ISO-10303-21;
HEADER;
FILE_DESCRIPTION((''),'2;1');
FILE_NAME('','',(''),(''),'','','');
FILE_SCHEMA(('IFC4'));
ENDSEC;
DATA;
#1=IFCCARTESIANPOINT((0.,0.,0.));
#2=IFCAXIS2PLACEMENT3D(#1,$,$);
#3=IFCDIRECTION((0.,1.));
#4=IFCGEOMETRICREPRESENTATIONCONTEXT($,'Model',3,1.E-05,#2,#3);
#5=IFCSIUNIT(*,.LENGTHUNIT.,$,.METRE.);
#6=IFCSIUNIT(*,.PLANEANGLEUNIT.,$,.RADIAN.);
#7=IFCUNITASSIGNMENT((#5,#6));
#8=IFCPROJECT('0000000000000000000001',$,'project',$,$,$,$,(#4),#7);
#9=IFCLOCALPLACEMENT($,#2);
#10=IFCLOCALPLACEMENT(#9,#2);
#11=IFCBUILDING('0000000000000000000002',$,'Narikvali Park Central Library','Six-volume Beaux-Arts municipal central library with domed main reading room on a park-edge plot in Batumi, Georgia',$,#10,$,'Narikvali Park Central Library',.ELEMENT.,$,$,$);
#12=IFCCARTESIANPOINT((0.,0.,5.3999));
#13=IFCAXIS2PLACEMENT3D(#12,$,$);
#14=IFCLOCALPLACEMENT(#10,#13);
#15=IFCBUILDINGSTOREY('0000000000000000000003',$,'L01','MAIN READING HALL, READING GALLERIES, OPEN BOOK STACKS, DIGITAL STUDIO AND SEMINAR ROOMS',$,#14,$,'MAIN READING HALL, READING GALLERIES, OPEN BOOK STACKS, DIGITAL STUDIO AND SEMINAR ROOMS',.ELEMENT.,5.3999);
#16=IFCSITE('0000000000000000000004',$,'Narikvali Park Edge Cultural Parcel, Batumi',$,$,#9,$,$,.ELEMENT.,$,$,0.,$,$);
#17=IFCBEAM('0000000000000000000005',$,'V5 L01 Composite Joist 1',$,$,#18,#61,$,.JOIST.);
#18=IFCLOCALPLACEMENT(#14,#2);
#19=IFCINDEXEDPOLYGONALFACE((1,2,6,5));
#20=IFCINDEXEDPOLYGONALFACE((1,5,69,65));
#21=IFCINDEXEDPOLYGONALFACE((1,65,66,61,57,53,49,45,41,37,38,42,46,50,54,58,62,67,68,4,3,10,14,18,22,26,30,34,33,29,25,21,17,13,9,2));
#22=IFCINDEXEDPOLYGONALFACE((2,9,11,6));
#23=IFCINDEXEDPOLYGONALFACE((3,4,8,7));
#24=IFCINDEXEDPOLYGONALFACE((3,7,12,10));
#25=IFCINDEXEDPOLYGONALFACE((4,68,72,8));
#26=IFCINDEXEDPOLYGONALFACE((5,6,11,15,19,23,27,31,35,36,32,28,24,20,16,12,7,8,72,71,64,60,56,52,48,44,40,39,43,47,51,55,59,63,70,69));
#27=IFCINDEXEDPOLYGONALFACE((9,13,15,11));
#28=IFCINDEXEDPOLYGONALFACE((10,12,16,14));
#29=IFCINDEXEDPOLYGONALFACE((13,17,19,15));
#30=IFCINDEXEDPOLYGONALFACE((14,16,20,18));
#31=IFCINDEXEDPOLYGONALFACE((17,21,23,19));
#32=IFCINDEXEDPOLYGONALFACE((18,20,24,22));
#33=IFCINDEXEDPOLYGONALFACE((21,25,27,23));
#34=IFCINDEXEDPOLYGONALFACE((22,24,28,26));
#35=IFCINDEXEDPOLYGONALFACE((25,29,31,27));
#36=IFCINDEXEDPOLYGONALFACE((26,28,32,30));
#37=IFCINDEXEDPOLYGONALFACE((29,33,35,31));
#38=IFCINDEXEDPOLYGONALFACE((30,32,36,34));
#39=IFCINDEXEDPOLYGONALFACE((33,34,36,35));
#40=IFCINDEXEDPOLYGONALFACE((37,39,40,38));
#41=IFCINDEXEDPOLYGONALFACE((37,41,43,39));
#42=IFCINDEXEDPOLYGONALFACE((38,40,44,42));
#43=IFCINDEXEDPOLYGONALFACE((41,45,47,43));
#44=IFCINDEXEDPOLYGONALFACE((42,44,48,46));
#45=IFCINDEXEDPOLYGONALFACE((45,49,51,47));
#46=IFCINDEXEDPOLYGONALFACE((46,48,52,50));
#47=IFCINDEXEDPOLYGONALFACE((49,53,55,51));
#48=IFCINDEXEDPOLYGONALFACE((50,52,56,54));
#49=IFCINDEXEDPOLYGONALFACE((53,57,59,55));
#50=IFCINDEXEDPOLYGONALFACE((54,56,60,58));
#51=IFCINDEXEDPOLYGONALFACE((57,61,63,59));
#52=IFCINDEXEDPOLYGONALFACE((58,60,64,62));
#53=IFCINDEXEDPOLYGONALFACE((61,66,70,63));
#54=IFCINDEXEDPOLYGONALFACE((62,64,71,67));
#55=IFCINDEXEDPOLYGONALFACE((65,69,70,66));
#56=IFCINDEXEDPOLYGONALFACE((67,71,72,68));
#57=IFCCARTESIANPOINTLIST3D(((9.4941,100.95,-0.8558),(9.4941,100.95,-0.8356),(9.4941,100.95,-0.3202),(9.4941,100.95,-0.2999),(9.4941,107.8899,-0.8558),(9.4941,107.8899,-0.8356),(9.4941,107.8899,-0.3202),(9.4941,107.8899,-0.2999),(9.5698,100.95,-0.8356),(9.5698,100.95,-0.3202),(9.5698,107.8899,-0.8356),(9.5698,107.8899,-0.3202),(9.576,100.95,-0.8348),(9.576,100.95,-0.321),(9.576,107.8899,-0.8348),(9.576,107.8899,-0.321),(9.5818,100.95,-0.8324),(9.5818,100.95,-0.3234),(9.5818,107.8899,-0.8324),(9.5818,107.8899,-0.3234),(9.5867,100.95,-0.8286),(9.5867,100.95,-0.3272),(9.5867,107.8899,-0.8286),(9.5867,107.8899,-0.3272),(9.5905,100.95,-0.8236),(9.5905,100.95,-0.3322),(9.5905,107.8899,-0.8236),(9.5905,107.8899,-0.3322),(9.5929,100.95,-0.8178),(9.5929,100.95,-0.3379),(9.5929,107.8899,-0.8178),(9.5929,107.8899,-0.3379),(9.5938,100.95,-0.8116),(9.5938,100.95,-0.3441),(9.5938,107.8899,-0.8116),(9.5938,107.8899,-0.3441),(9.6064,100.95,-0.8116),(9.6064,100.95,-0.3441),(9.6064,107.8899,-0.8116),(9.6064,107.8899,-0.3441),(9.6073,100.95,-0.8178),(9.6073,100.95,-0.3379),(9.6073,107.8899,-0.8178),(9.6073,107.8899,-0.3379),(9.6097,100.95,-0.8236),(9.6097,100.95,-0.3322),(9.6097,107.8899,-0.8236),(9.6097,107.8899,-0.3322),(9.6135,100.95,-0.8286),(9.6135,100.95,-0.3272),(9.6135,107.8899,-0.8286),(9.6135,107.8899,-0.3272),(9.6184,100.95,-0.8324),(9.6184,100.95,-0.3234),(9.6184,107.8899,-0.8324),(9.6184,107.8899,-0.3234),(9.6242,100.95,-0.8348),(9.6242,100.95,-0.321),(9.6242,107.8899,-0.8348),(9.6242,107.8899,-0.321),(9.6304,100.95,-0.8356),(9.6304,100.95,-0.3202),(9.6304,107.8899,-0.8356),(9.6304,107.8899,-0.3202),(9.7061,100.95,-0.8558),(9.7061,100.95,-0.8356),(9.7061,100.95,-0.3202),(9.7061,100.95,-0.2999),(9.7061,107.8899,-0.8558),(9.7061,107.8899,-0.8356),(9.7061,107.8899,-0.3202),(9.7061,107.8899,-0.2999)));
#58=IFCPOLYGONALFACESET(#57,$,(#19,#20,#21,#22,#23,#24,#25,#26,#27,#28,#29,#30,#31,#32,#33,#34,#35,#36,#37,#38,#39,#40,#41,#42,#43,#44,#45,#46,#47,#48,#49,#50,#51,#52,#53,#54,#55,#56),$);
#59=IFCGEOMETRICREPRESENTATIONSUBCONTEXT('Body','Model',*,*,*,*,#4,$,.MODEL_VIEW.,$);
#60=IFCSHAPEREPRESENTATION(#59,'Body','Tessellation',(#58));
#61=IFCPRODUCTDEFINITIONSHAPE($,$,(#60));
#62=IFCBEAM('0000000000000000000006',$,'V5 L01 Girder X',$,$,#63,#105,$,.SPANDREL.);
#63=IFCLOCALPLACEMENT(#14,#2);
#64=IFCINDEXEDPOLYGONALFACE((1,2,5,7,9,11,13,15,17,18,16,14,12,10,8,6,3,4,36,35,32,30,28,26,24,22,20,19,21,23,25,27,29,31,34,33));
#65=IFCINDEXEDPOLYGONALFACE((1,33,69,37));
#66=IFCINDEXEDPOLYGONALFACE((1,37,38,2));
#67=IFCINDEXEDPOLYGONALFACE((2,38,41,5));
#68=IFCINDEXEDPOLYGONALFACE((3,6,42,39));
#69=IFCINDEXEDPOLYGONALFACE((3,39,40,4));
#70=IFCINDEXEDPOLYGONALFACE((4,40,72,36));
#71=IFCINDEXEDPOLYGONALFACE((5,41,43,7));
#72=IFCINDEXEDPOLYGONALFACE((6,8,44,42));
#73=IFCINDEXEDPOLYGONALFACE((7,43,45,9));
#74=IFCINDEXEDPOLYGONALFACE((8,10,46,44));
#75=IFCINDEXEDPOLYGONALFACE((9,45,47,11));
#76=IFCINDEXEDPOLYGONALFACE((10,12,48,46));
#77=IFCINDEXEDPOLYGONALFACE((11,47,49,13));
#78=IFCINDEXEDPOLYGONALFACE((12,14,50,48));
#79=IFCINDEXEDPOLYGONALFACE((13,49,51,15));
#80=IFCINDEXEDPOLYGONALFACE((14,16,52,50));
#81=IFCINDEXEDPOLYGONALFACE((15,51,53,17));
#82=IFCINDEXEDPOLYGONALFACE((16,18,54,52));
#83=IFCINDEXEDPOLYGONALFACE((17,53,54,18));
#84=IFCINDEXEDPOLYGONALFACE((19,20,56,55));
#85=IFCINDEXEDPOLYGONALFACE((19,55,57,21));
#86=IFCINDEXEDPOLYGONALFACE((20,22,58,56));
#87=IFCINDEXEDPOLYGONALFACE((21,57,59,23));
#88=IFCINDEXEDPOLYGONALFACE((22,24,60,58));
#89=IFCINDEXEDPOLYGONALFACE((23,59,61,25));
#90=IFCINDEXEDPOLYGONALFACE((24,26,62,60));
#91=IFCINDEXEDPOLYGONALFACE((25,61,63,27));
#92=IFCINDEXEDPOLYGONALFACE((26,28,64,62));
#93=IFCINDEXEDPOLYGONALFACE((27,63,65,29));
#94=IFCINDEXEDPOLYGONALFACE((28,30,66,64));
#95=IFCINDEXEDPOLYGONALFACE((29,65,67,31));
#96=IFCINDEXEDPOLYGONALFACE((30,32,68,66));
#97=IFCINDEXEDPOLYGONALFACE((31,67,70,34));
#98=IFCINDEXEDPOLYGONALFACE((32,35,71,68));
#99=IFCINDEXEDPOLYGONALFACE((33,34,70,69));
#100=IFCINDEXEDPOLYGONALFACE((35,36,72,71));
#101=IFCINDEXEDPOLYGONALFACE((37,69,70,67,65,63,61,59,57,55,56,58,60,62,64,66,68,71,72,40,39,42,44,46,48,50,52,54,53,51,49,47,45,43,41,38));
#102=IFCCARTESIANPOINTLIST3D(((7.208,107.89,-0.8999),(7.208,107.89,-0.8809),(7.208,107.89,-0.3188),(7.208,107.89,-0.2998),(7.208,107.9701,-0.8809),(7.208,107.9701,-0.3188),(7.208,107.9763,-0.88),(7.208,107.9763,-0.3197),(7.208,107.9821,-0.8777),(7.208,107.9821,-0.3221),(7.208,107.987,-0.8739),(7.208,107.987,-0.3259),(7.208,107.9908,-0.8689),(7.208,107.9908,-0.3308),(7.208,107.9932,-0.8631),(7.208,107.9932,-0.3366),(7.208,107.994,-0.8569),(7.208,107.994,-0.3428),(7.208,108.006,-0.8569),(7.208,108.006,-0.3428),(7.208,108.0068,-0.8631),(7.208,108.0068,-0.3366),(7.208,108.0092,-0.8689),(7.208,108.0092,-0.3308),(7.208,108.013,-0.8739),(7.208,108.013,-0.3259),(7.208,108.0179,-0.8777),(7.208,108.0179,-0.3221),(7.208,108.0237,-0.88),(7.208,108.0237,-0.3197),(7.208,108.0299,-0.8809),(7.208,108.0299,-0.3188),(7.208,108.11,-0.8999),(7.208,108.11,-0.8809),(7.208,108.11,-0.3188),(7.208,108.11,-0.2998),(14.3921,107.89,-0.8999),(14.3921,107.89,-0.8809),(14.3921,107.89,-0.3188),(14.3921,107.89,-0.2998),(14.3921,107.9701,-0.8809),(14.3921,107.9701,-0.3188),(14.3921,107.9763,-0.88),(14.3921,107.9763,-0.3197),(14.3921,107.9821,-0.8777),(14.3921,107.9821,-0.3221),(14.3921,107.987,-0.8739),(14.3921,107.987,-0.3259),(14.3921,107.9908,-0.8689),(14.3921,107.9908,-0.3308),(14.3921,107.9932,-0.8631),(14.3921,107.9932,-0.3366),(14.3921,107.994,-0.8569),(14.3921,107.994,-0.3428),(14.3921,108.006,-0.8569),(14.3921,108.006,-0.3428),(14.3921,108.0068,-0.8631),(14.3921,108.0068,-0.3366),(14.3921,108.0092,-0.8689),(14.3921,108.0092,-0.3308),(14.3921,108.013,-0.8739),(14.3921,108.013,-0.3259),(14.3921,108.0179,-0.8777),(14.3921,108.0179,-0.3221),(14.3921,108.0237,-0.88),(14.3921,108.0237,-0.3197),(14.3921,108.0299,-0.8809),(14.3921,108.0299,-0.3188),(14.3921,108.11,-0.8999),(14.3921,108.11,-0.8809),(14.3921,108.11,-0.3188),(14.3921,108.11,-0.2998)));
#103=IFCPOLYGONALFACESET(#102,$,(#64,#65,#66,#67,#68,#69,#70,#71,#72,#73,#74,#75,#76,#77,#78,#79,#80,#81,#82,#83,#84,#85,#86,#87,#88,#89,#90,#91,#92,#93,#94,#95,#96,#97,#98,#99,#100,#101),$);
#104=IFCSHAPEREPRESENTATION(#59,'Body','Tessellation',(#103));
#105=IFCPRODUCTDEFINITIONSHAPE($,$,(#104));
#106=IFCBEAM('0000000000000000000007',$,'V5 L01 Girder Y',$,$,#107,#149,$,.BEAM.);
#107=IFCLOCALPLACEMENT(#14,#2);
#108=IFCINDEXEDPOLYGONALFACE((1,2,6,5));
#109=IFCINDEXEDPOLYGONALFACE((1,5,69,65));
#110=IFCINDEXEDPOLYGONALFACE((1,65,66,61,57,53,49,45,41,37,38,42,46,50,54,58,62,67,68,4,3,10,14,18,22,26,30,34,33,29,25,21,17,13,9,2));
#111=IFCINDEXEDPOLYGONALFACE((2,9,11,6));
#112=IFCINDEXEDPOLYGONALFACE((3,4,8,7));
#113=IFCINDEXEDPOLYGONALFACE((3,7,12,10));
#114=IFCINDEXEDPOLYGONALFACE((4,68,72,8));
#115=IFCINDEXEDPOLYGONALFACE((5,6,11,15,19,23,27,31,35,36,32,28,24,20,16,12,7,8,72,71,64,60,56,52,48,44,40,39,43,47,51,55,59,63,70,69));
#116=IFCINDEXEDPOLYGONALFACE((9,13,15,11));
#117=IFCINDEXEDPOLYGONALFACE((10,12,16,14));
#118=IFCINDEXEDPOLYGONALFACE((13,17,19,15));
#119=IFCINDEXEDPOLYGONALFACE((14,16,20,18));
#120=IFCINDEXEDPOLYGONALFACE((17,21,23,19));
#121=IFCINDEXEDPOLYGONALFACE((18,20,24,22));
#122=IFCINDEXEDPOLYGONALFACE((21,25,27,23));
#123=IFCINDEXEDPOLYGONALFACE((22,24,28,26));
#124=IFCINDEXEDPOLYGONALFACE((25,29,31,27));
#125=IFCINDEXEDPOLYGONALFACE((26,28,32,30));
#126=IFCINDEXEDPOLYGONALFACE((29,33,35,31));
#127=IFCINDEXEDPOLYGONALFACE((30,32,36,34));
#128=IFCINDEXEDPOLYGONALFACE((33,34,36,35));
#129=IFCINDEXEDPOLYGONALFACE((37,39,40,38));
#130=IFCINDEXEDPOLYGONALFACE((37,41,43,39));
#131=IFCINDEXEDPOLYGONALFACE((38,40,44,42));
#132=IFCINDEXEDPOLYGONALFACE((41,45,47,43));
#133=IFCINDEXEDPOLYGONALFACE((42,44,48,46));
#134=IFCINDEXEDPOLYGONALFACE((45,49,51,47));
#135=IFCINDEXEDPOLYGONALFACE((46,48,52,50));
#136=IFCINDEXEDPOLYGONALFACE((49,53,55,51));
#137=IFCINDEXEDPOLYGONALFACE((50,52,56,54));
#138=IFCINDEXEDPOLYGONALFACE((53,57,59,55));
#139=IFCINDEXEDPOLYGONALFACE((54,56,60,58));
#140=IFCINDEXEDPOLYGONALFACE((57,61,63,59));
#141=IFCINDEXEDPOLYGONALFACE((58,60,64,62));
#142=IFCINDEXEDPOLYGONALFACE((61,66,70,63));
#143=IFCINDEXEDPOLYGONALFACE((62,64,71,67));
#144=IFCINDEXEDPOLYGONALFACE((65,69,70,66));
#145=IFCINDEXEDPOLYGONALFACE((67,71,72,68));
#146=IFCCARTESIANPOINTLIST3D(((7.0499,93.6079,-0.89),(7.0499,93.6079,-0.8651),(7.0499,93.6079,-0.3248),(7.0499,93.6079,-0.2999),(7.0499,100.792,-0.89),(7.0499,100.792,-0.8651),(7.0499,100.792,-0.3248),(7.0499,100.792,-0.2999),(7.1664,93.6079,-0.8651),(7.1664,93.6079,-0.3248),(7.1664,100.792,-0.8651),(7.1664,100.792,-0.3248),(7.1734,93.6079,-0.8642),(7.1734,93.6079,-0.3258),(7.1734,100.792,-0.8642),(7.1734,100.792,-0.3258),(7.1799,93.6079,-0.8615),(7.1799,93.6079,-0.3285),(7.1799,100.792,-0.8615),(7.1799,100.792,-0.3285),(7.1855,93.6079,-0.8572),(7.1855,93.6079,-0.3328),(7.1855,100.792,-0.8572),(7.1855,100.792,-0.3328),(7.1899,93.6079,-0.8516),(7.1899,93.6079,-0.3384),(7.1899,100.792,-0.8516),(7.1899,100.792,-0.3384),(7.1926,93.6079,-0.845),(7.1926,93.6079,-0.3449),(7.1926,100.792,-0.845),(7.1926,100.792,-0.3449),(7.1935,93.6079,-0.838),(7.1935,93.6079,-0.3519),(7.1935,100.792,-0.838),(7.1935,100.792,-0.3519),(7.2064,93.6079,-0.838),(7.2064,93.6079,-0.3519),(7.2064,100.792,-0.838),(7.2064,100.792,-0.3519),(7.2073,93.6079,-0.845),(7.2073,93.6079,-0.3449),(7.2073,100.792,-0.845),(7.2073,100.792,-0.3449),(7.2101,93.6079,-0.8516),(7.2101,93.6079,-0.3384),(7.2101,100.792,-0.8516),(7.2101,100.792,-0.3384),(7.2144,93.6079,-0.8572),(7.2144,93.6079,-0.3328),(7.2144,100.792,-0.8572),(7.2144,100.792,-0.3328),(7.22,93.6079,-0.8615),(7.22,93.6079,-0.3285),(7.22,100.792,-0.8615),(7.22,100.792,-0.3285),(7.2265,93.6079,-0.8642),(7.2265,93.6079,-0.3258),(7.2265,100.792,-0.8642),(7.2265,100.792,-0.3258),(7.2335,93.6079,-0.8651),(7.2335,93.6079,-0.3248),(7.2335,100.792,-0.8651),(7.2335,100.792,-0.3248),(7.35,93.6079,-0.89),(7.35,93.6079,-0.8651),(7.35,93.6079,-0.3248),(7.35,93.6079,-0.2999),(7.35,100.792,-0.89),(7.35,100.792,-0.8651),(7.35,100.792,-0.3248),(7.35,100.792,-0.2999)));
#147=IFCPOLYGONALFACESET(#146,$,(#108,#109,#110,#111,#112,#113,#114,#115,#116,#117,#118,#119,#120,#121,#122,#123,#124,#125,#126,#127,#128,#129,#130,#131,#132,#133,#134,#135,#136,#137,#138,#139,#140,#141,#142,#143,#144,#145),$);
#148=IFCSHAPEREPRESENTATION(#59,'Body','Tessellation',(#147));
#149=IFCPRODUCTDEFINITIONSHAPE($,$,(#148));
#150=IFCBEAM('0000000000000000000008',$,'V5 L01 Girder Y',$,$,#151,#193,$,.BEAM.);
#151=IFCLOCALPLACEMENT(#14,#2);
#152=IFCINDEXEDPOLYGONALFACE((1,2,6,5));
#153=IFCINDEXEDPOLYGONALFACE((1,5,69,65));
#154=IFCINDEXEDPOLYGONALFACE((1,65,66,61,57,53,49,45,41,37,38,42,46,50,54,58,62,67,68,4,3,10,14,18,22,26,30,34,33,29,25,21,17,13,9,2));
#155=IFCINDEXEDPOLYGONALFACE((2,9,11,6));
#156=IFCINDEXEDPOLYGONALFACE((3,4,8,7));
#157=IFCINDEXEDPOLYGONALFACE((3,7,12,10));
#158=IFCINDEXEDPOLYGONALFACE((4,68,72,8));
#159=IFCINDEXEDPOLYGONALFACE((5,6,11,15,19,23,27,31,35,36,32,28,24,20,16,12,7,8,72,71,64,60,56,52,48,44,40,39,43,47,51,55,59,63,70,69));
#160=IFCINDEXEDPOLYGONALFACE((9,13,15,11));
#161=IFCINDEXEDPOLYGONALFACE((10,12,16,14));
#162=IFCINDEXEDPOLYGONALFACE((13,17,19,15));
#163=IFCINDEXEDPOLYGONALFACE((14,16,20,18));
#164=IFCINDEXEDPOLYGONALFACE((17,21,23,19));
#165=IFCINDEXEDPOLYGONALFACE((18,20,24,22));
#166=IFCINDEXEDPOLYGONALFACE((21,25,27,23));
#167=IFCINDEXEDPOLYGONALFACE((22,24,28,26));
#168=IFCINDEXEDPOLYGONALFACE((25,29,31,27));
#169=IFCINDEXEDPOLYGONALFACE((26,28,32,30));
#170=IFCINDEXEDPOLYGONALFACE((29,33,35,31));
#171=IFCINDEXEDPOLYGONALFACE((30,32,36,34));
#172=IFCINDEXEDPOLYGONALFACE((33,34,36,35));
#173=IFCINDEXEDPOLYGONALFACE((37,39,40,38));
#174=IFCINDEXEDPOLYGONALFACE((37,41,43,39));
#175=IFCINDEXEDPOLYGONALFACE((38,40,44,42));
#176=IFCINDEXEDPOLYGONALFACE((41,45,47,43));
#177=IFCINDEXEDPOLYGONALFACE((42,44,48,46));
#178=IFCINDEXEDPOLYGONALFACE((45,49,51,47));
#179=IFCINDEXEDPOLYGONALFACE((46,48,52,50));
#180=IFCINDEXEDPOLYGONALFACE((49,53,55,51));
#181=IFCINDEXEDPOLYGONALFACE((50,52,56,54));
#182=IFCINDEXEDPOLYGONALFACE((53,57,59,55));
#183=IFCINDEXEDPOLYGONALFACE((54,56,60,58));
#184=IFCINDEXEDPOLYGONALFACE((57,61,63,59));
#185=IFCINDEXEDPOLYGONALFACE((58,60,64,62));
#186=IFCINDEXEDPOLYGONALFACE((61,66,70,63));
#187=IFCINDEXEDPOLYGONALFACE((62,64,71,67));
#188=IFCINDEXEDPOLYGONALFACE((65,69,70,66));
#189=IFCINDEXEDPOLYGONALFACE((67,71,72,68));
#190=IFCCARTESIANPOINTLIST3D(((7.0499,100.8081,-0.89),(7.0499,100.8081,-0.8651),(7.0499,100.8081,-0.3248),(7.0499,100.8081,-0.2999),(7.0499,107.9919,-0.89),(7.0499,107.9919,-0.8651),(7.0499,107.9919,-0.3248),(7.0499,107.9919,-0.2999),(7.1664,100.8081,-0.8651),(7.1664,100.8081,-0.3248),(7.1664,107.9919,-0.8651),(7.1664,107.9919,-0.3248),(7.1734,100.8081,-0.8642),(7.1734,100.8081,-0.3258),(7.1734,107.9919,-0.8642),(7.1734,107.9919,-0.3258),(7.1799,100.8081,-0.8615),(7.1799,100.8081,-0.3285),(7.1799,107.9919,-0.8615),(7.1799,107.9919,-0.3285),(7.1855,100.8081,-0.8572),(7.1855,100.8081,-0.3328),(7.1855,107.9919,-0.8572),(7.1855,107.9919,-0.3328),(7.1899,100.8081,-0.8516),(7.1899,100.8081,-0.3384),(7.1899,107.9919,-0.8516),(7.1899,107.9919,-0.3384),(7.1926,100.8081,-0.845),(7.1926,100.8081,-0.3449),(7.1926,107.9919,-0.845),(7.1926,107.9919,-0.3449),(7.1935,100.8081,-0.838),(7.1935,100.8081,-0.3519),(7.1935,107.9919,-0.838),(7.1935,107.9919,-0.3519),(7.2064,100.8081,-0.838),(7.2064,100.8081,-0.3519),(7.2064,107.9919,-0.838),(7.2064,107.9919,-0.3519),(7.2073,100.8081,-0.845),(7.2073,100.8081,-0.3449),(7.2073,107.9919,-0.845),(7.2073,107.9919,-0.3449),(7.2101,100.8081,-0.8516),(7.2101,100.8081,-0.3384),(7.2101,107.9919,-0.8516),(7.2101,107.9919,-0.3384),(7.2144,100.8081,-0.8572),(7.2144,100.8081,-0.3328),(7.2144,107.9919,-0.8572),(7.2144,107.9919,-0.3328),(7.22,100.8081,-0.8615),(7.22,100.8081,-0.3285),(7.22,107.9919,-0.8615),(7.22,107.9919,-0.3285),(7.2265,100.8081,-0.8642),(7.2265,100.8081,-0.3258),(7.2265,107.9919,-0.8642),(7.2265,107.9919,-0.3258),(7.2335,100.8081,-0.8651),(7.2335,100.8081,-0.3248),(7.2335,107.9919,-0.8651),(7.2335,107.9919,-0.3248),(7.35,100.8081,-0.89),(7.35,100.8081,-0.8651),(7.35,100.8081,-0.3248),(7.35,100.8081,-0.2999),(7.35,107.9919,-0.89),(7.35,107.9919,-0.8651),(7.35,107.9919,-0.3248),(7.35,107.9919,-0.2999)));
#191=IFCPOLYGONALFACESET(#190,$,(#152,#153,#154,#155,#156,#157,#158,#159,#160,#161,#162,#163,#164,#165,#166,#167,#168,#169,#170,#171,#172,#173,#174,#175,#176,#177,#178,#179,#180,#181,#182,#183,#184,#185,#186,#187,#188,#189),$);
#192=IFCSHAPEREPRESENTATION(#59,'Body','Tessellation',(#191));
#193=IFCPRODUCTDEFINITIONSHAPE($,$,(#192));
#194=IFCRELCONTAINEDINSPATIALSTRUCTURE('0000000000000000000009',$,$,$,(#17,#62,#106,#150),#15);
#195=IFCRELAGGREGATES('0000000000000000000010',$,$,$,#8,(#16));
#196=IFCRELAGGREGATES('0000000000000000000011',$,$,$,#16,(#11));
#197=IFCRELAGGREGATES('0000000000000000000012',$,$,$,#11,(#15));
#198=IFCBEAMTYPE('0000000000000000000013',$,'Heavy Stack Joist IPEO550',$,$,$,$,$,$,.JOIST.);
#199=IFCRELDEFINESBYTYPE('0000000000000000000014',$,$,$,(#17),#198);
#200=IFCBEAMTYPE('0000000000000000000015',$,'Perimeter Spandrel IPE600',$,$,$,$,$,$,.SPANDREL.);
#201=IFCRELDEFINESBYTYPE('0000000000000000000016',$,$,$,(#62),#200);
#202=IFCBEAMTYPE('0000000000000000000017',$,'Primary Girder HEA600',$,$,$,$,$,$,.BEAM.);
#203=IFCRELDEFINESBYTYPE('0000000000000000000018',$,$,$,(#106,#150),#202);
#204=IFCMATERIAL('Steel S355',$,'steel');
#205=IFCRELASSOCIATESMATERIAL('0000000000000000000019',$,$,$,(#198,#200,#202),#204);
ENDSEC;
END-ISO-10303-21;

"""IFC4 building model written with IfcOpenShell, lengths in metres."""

from ifc_helpers import new_model, si_unit, direction, frame, origin, origin_2d, place, context, subcontext, project, spatial, i_section, extrude, material, material_profile, profile_set, type_object, element, save


model = new_model("IFC4")

# Units and contexts
model_context = context("Model", 3, precision=1e-05, world=origin(), true_north=direction((0.0, 1.0)))
body_context = subcontext(model_context, "Body", "Model", "MODEL_VIEW")
ifc_project = project(units=[si_unit("LENGTHUNIT", "METRE"), si_unit("PLANEANGLEUNIT", "RADIAN")], contexts=[model_context])

# Site, building, storey
site_placement = place(None, origin())
site = spatial("IfcSite", under=ifc_project, at=site_placement, Name="Narikvali Park Edge Cultural Parcel, Batumi", CompositionType="ELEMENT", RefElevation=0.0)
building_placement = place(site_placement, origin())
building = spatial("IfcBuilding", under=site, at=building_placement, Name="Narikvali Park Central Library", Description="Six-volume Beaux-Arts municipal central library with domed main reading room on a park-edge plot in Batumi, Georgia", LongName="Narikvali Park Central Library", CompositionType="ELEMENT")
storey_placement = place(building_placement, frame((0.0, 0.0, 5.3999)))
storey = spatial("IfcBuildingStorey", under=building, at=storey_placement, Name="L01", Description="MAIN READING HALL, READING GALLERIES, OPEN BOOK STACKS, DIGITAL STUDIO AND SEMINAR ROOMS", LongName="MAIN READING HALL, READING GALLERIES, OPEN BOOK STACKS, DIGITAL STUDIO AND SEMINAR ROOMS", CompositionType="ELEMENT", Elevation=5.3999)

# Shared definitions
ifc_material_1 = material(Name="Steel S355", Category="steel")

# Beams
ifc_material_profile_1 = material_profile(ifc_material_1, i_section(OverallWidth=0.2119, OverallDepth=0.5559, WebThickness=0.0127, FlangeThickness=0.0203, FilletRadius=0.0239, at=origin_2d()), Name="IPEO 550")
ifc_profile_set_1 = profile_set([ifc_material_profile_1], Name="Steel S355")
beam_type_1 = type_object("IfcBeamType", Name="Heavy Stack Joist IPEO550", PredefinedType="JOIST", material=ifc_profile_set_1)
beam_1_placement = place(storey_placement, frame((9.6001, 100.95, -0.5779), z_axis=(0.0, 1.0, 0.0), x_axis=(-1.0, 0.0, 0.0)))
element("IfcBeam", 1, at=beam_1_placement, inside=storey, type_object=beam_type_1, Name="V5 L01 Composite Joist 1", PredefinedType="JOIST", context=body_context, shape_type="SweptSolid", body=[
    extrude(i_section(OverallWidth=0.2119, OverallDepth=0.5559, WebThickness=0.0127, FlangeThickness=0.0203, FilletRadius=0.0239, at=origin_2d()), origin(), (0.0, 0.0, 1.0), 6.9399),
])
ifc_material_profile_2 = material_profile(ifc_material_1, i_section(OverallWidth=0.22, OverallDepth=0.6001, WebThickness=0.012, FlangeThickness=0.019, FilletRadius=0.0239, at=origin_2d()), Name="IPE 600")
ifc_profile_set_2 = profile_set([ifc_material_profile_2], Name="Steel S355")
beam_type_2 = type_object("IfcBeamType", Name="Perimeter Spandrel IPE600", PredefinedType="SPANDREL", material=ifc_profile_set_2)
beam_2_placement = place(storey_placement, frame((7.208, 108.0, -0.5999), z_axis=(1.0, 0.0, 0.0), x_axis=(0.0, 1.0, 0.0)))
element("IfcBeam", 2, at=beam_2_placement, inside=storey, type_object=beam_type_2, Name="V5 L01 Girder X", PredefinedType="SPANDREL", context=body_context, shape_type="SweptSolid", body=[
    extrude(i_section(OverallWidth=0.22, OverallDepth=0.6001, WebThickness=0.012, FlangeThickness=0.019, FilletRadius=0.0239, at=origin_2d()), origin(), (0.0, 0.0, 1.0), 7.1841),
])
ifc_material_profile_3 = material_profile(ifc_material_1, i_section(OverallWidth=0.3, OverallDepth=0.5901, WebThickness=0.0129, FlangeThickness=0.0249, FilletRadius=0.0271, at=origin_2d()), Name="HEA 600")
ifc_profile_set_3 = profile_set([ifc_material_profile_3], Name="Steel S355")
beam_type_3 = type_object("IfcBeamType", Name="Primary Girder HEA600", PredefinedType="BEAM", material=ifc_profile_set_3)
beam_3_placement = place(storey_placement, frame((7.2, 93.6079, -0.595), z_axis=(0.0, 1.0, 0.0), x_axis=(-1.0, 0.0, 0.0)))
element("IfcBeam", 3, at=beam_3_placement, inside=storey, type_object=beam_type_3, Name="V5 L01 Girder Y", PredefinedType="BEAM", context=body_context, shape_type="SweptSolid", body=[
    extrude(i_section(OverallWidth=0.3, OverallDepth=0.5901, WebThickness=0.0129, FlangeThickness=0.0249, FilletRadius=0.0271, at=origin_2d()), origin(), (0.0, 0.0, 1.0), 7.1841),
])
beam_4_placement = place(storey_placement, frame((7.2, 100.8081, -0.595), z_axis=(0.0, 1.0, 0.0), x_axis=(-1.0, 0.0, 0.0)))
element("IfcBeam", 4, at=beam_4_placement, inside=storey, type_object=beam_type_3, Name="V5 L01 Girder Y", PredefinedType="BEAM", context=body_context, shape_type="SweptSolid", body=[
    extrude(i_section(OverallWidth=0.3, OverallDepth=0.5901, WebThickness=0.0129, FlangeThickness=0.0249, FilletRadius=0.0271, at=origin_2d()), origin(), (0.0, 0.0, 1.0), 7.1838),
])

save(model, "model.ifc")
